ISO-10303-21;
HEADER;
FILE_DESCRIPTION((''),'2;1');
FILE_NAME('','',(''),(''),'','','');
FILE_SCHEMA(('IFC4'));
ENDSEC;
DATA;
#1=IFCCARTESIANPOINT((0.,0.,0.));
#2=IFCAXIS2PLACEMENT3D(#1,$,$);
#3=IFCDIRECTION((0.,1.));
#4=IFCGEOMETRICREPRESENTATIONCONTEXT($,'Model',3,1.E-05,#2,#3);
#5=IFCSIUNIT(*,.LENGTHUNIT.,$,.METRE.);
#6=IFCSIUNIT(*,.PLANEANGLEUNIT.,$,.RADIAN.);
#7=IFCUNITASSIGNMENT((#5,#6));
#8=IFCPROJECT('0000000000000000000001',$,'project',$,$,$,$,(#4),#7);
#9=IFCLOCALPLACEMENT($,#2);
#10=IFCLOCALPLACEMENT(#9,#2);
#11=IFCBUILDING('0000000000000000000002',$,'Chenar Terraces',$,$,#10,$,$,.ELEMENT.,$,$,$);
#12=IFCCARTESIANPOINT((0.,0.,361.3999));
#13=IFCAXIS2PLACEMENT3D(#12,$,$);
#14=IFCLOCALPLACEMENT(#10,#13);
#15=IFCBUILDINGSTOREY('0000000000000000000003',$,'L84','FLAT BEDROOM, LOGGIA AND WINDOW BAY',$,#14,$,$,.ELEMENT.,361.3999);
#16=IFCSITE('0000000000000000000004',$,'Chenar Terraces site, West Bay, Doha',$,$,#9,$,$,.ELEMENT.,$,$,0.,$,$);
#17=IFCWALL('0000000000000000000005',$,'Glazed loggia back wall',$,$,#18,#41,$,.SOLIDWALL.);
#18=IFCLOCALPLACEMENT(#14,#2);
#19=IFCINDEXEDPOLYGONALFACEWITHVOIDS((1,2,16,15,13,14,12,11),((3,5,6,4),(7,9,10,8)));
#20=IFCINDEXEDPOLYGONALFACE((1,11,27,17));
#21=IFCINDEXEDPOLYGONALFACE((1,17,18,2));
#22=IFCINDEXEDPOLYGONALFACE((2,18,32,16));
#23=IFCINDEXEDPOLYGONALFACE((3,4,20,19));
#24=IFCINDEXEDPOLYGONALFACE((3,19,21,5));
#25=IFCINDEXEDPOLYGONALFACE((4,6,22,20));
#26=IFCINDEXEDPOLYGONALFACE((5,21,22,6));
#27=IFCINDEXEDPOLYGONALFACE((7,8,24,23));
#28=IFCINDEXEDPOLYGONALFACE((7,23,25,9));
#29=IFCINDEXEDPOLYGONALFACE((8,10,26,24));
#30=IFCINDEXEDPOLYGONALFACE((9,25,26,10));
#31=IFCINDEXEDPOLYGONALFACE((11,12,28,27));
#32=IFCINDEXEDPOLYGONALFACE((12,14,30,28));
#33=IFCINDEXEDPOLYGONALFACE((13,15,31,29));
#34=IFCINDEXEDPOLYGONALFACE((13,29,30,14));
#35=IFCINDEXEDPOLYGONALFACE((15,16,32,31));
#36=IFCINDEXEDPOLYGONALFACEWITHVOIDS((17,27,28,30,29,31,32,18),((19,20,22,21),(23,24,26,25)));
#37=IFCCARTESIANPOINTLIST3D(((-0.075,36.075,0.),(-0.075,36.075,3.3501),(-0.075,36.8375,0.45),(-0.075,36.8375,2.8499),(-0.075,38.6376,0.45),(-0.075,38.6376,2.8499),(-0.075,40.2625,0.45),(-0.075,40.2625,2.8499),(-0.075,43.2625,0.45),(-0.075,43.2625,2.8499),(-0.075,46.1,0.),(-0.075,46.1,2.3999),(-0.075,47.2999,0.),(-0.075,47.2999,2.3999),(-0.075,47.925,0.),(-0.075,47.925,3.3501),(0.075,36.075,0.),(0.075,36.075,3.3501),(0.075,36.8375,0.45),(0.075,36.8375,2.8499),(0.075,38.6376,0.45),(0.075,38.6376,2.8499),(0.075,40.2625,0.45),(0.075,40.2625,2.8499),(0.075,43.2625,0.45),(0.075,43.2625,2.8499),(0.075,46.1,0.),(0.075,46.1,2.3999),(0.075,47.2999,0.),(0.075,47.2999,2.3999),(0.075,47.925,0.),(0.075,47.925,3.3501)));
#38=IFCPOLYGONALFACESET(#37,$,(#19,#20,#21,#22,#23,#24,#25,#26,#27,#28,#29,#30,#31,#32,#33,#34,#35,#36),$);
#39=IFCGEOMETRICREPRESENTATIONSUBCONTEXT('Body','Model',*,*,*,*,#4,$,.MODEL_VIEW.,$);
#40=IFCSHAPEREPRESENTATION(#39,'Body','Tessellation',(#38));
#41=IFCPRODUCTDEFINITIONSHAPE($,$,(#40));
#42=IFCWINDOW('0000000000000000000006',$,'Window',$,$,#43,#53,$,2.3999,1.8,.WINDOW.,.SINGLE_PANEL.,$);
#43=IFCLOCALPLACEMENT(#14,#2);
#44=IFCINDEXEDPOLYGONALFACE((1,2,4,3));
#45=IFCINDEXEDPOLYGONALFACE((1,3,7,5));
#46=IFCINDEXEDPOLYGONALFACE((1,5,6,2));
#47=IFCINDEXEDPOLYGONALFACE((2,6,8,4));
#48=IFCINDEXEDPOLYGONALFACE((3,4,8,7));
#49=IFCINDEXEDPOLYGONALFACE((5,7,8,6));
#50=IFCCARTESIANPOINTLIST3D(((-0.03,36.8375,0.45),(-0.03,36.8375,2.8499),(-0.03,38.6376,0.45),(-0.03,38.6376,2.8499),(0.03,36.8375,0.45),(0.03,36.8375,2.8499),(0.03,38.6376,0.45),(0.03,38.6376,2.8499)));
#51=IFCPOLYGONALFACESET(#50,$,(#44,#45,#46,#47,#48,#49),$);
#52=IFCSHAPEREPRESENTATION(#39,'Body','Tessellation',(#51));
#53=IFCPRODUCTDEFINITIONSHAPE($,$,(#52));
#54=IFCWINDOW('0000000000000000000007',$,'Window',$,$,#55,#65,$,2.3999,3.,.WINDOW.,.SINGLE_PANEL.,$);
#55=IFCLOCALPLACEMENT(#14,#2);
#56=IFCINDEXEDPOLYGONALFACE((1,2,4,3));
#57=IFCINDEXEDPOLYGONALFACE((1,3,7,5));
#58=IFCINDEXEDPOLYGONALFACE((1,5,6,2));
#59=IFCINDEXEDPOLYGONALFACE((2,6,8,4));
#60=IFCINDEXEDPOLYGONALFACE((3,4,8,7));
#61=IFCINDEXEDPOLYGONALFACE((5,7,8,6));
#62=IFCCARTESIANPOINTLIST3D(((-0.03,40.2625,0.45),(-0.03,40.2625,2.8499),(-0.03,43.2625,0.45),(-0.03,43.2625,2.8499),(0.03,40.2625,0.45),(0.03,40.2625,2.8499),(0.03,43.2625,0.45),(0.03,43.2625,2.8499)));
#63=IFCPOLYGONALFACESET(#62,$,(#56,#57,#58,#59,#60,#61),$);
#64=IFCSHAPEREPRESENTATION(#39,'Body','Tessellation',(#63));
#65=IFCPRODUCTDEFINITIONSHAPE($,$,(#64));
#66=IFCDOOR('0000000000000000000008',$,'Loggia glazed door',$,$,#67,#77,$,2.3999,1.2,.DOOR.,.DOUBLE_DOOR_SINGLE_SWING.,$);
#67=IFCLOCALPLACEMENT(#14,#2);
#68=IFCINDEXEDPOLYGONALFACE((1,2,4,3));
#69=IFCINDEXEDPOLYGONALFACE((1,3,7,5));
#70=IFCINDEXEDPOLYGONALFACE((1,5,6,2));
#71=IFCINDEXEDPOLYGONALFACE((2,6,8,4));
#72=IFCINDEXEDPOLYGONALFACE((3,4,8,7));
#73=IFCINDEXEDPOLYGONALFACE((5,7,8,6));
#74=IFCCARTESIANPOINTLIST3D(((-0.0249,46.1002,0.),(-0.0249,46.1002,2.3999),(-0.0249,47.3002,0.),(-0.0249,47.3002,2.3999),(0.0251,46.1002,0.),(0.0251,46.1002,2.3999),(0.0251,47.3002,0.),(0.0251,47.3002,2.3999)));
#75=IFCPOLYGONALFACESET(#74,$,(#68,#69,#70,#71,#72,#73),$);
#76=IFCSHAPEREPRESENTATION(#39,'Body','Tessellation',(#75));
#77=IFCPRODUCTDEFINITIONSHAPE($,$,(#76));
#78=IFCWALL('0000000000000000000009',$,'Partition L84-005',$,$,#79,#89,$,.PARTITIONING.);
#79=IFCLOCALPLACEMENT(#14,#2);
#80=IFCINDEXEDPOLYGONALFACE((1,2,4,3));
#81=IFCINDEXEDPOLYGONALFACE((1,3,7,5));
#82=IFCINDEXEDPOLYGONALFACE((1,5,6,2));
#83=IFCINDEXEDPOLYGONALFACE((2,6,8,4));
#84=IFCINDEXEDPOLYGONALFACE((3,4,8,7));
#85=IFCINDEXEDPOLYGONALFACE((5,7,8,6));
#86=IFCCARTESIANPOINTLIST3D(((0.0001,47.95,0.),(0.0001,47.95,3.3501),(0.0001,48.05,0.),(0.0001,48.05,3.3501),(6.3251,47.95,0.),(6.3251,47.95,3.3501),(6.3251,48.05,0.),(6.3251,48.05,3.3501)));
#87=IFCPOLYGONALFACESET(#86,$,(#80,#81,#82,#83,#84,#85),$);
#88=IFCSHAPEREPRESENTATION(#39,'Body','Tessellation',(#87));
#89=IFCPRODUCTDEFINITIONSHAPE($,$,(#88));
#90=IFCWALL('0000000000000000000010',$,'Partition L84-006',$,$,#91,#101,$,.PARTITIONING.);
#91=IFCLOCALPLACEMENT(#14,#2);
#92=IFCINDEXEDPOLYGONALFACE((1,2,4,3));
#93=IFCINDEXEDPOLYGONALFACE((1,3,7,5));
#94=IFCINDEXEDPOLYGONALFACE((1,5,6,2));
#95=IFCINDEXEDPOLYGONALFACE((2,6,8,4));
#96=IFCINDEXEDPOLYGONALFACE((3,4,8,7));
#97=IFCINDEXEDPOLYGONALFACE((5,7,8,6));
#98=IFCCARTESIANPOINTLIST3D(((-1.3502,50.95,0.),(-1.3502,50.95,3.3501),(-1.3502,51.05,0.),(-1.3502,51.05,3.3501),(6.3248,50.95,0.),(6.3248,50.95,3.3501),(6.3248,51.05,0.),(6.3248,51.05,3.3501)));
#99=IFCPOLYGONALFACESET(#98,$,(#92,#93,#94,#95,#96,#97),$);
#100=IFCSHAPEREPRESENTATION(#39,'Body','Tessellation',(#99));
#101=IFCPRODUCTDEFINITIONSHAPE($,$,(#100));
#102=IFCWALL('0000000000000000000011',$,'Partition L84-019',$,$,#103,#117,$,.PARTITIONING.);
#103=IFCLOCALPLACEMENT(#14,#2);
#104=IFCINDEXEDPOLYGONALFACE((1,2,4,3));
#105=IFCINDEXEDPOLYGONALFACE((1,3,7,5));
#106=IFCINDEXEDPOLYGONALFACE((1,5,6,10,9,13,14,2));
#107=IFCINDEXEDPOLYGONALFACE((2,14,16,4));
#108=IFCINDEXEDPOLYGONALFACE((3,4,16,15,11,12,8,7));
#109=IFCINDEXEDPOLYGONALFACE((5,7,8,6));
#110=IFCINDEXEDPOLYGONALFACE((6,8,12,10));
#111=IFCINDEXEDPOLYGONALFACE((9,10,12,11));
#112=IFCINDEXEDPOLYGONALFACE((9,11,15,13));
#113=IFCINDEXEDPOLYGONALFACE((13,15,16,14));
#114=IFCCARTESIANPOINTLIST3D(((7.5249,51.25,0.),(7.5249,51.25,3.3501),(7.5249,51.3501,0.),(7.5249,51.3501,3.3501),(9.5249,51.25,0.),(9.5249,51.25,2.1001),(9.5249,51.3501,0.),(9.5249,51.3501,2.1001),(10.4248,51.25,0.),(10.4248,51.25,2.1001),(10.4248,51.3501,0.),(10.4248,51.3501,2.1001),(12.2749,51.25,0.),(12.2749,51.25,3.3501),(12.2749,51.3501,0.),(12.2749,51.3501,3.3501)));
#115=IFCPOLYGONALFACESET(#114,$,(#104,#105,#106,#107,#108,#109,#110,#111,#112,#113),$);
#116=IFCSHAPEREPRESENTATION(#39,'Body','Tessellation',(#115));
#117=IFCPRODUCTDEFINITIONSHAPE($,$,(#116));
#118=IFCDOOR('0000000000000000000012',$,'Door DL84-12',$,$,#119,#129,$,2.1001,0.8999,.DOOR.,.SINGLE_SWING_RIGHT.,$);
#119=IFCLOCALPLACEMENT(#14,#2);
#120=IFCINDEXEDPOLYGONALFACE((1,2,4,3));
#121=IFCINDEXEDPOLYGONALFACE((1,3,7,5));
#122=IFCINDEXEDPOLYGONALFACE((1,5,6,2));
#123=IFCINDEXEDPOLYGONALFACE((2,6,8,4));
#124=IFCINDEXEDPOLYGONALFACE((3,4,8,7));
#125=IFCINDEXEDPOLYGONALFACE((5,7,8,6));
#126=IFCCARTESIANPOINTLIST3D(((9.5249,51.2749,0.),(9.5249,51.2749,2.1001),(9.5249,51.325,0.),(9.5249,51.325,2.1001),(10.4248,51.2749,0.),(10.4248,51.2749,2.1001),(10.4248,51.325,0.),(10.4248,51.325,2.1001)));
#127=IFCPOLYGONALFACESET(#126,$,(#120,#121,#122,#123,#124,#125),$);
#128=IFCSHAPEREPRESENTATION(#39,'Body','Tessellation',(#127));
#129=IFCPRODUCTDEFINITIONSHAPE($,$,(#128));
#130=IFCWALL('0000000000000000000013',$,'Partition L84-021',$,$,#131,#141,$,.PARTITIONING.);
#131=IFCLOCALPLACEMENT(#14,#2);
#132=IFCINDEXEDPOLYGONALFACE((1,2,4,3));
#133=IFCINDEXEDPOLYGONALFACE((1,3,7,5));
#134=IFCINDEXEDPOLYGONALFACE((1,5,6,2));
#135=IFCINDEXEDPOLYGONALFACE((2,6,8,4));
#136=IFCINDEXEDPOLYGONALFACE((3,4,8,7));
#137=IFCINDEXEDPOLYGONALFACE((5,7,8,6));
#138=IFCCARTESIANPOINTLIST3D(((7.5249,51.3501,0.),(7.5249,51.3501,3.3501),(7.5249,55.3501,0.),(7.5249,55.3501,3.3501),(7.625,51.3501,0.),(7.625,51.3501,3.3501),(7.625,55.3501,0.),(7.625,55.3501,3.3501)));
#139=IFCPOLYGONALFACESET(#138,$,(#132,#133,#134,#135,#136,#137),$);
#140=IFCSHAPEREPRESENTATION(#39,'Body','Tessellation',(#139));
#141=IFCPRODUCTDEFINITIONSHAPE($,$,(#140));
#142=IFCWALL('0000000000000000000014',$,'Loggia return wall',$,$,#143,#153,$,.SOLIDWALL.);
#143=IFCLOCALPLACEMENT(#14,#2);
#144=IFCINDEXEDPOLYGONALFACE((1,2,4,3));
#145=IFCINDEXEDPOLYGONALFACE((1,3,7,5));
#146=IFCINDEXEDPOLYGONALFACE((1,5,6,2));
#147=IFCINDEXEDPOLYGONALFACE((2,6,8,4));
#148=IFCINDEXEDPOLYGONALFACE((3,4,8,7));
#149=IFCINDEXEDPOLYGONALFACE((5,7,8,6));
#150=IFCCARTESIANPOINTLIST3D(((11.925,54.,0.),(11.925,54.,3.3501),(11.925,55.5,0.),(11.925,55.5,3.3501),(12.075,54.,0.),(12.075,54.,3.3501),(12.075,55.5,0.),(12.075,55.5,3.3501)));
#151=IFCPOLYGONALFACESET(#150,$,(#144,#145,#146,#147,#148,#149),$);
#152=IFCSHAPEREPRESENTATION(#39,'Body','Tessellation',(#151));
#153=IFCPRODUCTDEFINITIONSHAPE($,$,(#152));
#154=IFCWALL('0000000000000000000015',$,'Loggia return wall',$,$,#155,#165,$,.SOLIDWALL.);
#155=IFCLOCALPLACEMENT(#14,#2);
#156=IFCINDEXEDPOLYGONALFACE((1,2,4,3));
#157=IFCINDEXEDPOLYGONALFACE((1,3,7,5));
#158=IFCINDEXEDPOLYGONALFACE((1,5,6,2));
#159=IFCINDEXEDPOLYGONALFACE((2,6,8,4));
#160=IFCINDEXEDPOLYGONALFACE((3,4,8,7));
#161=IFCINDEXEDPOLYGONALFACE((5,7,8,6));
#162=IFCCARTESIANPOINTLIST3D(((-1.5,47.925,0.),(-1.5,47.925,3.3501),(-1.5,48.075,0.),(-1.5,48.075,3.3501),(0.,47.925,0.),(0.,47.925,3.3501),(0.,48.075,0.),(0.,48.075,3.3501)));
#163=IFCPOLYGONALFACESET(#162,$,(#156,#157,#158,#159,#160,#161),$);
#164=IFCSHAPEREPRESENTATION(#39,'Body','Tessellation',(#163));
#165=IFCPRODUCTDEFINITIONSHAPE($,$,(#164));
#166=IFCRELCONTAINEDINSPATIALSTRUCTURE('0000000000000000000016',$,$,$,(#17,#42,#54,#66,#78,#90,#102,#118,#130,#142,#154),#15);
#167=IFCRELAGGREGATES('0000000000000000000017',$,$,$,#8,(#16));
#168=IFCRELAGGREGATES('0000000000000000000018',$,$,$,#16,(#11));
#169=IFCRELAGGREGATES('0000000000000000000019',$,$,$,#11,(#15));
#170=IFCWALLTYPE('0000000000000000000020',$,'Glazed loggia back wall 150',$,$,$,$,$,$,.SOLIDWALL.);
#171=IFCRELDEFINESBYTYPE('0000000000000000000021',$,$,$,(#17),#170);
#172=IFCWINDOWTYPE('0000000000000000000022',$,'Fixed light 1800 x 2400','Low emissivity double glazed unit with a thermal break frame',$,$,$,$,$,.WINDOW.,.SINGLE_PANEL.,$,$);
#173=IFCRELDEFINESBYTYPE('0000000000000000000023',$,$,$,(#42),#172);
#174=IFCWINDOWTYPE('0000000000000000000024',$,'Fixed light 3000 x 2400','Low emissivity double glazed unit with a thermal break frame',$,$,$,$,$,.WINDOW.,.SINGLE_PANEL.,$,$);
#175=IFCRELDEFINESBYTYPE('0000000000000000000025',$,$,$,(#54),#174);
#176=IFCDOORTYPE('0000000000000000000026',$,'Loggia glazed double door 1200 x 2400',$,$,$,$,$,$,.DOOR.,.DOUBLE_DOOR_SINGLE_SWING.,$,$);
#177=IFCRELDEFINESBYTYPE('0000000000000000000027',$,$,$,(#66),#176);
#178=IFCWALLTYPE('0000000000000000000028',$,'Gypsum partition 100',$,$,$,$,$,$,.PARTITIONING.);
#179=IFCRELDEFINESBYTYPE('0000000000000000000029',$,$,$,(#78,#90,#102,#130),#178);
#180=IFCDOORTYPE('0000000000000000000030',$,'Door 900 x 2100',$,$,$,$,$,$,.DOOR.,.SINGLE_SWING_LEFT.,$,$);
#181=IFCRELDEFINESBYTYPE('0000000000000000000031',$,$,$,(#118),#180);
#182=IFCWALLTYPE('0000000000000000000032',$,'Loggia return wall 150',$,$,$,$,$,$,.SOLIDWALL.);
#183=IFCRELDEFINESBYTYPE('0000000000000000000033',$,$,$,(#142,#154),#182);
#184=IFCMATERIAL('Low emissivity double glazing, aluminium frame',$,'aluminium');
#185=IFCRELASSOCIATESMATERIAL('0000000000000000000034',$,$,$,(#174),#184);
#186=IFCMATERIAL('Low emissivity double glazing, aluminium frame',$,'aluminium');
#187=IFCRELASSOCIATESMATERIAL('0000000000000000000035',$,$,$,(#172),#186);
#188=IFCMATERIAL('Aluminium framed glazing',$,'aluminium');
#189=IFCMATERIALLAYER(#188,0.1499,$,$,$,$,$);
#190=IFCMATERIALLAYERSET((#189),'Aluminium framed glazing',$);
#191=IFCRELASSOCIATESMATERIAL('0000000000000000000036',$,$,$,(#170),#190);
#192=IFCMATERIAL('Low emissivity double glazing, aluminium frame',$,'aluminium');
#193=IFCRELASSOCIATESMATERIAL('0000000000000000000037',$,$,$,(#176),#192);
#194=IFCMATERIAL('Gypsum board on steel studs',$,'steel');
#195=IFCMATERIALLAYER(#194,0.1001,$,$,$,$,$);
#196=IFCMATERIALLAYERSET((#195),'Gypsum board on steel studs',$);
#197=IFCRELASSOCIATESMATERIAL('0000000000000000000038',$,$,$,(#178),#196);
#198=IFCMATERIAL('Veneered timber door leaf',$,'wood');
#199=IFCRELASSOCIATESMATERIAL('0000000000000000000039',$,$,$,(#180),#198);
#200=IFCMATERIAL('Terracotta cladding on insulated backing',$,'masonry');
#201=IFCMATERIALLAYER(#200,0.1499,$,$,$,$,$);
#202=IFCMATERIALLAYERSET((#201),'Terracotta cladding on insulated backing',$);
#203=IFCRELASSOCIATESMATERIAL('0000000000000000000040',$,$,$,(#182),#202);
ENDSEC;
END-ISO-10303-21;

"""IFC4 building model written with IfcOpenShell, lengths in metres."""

from ifc_helpers import new_model, si_unit, direction, frame, frame_2d, origin, place, context, subcontext, project, spatial, rectangle, extrude, material, layer, layer_set, type_object, element, fill, save


model = new_model("IFC4")

# Units and contexts
model_context = context("Model", 3, precision=1e-05, world=origin(), true_north=direction((0.0, 1.0)))
body_context = subcontext(model_context, "Body", "Model", "MODEL_VIEW")
ifc_project = project(units=[si_unit("LENGTHUNIT", "METRE"), si_unit("PLANEANGLEUNIT", "RADIAN")], contexts=[model_context])

# Site, building, storey
site_placement = place(None, origin())
site = spatial("IfcSite", under=ifc_project, at=site_placement, Name="Chenar Terraces site, West Bay, Doha", CompositionType="ELEMENT", RefElevation=0.0)
building_placement = place(site_placement, origin())
building = spatial("IfcBuilding", under=site, at=building_placement, Name="Chenar Terraces", CompositionType="ELEMENT")
storey_placement = place(building_placement, frame((0.0, 0.0, 361.3999)))
storey = spatial("IfcBuildingStorey", under=building, at=storey_placement, Name="L84", Description="FLAT BEDROOM, LOGGIA AND WINDOW BAY", CompositionType="ELEMENT", Elevation=361.3999)

# Shared definitions
ifc_material_1 = material(Name="Low emissivity double glazing, aluminium frame", Category="aluminium")
window_type_1 = type_object("IfcWindowType", Name="Fixed light 3000 x 2400", Description="Low emissivity double glazed unit with a thermal break frame", PartitioningType="SINGLE_PANEL", PredefinedType="WINDOW", material=ifc_material_1)
ifc_material_2 = material(Name="Low emissivity double glazing, aluminium frame", Category="aluminium")
window_type_2 = type_object("IfcWindowType", Name="Fixed light 1800 x 2400", Description="Low emissivity double glazed unit with a thermal break frame", PartitioningType="SINGLE_PANEL", PredefinedType="WINDOW", material=ifc_material_2)

# Wall, openings, windows, door
ifc_material_3 = material(Name="Aluminium framed glazing", Category="aluminium")
ifc_layer_1 = layer(ifc_material_3, 0.1499)
ifc_layer_set_1 = layer_set([ifc_layer_1], Name="Aluminium framed glazing")
wall_type_1 = type_object("IfcWallType", Name="Glazed loggia back wall 150", PredefinedType="SOLIDWALL", material=ifc_layer_set_1)
wall_1_placement = place(storey_placement, frame((0.0, 47.925, 0.0), z_axis=(0.0, 0.0, 1.0), x_axis=(0.0, -1.0, 0.0)))
wall_1 = element("IfcWall", 1, at=wall_1_placement, inside=storey, type_object=wall_type_1, Name="Glazed loggia back wall", PredefinedType="SOLIDWALL", context=body_context, shape_type="SweptSolid", body=[
    extrude(rectangle(XDim=11.8501, YDim=0.1499, at=frame_2d((5.925, 0.0))), origin(), (0.0, 0.0, 1.0), 3.3501),
])
opening_1_placement = place(wall_1_placement, frame((0.625, 0.0, 0.0)))
opening_1 = element("IfcOpeningElement", 2, at=opening_1_placement, cuts=wall_1, PredefinedType="OPENING", context=body_context, shape_type="SweptSolid", body=[
    extrude(rectangle(XDim=1.2, YDim=2.3999, at=frame_2d((0.6001, 1.2))), frame((0.0, 0.085, 0.0), z_axis=(0.0, -1.0, 0.0), x_axis=(1.0, 0.0, 0.0)), (0.0, 0.0, 1.0), 0.1699),
])
opening_2_placement = place(wall_1_placement, frame((4.6626, 0.0, 0.45)))
opening_2 = element("IfcOpeningElement", 3, at=opening_2_placement, cuts=wall_1, PredefinedType="OPENING", context=body_context, shape_type="SweptSolid", body=[
    extrude(rectangle(XDim=3.0, YDim=2.3999, at=frame_2d((1.5, 1.2))), frame((0.0, 0.085, 0.0), z_axis=(0.0, -1.0, 0.0), x_axis=(1.0, 0.0, 0.0)), (0.0, 0.0, 1.0), 0.1699),
])
opening_3_placement = place(wall_1_placement, frame((9.2876, 0.0, 0.45)))
opening_3 = element("IfcOpeningElement", 4, at=opening_3_placement, cuts=wall_1, PredefinedType="OPENING", context=body_context, shape_type="SweptSolid", body=[
    extrude(rectangle(XDim=1.8, YDim=2.3999, at=frame_2d((0.8999, 1.2))), frame((0.0, 0.085, 0.0), z_axis=(0.0, -1.0, 0.0), x_axis=(1.0, 0.0, 0.0)), (0.0, 0.0, 1.0), 0.1699),
])
window_1_placement = place(opening_3_placement, origin())
window_1 = element("IfcWindow", 5, at=window_1_placement, inside=storey, type_object=window_type_2, Name="Window", OverallHeight=2.3999, OverallWidth=1.8, PartitioningType="SINGLE_PANEL", PredefinedType="WINDOW", context=body_context, shape_type="SweptSolid", body=[
    extrude(rectangle(XDim=1.8, YDim=2.3999, at=frame_2d((0.8999, 1.2))), frame((0.0, 0.03, 0.0), z_axis=(0.0, -1.0, 0.0), x_axis=(1.0, 0.0, 0.0)), (0.0, 0.0, 1.0), 0.0601),
])
fill(opening_3, window_1)
window_2_placement = place(opening_2_placement, origin())
window_2 = element("IfcWindow", 6, at=window_2_placement, inside=storey, type_object=window_type_1, Name="Window", OverallHeight=2.3999, OverallWidth=3.0, PartitioningType="SINGLE_PANEL", PredefinedType="WINDOW", context=body_context, shape_type="SweptSolid", body=[
    extrude(rectangle(XDim=3.0, YDim=2.3999, at=frame_2d((1.5, 1.2))), frame((0.0, 0.03, 0.0), z_axis=(0.0, -1.0, 0.0), x_axis=(1.0, 0.0, 0.0)), (0.0, 0.0, 1.0), 0.0601),
])
fill(opening_2, window_2)
ifc_material_4 = material(Name="Low emissivity double glazing, aluminium frame", Category="aluminium")
door_type_1 = type_object("IfcDoorType", Name="Loggia glazed double door 1200 x 2400", OperationType="DOUBLE_DOOR_SINGLE_SWING", PredefinedType="DOOR", material=ifc_material_4)
door_1_placement = place(opening_1_placement, frame((1.2, 0.0, 0.0), z_axis=(0.0, 0.0, 1.0), x_axis=(-1.0, 0.0, 0.0)))
door_1 = element("IfcDoor", 7, at=door_1_placement, inside=storey, type_object=door_type_1, Name="Loggia glazed door", OperationType="DOUBLE_DOOR_SINGLE_SWING", OverallHeight=2.3999, OverallWidth=1.2, PredefinedType="DOOR", context=body_context, shape_type="SweptSolid", body=[
    extrude(rectangle(XDim=1.2, YDim=2.3999, at=frame_2d((0.6001, 1.2))), frame((0.0, 0.0249, 0.0), z_axis=(0.0, -1.0, 0.0), x_axis=(1.0, 0.0, 0.0)), (0.0, 0.0, 1.0), 0.05),
])
fill(opening_1, door_1)

# Walls
ifc_material_5 = material(Name="Gypsum board on steel studs", Category="steel")
ifc_layer_2 = layer(ifc_material_5, 0.1001)
ifc_layer_set_2 = layer_set([ifc_layer_2], Name="Gypsum board on steel studs")
wall_type_2 = type_object("IfcWallType", Name="Gypsum partition 100", PredefinedType="PARTITIONING", material=ifc_layer_set_2)
wall_2_placement = place(storey_placement, frame((0.0, 48.0, 0.0), z_axis=(0.0, 0.0, 1.0), x_axis=(1.0, 0.0, 0.0)))
element("IfcWall", 8, at=wall_2_placement, inside=storey, type_object=wall_type_2, Name="Partition L84-005", PredefinedType="PARTITIONING", context=body_context, shape_type="SweptSolid", body=[
    extrude(rectangle(XDim=6.325, YDim=0.1001, at=frame_2d((3.1626, 0.0))), origin(), (0.0, 0.0, 1.0), 3.3501),
])
wall_3_placement = place(storey_placement, frame((-1.3501, 51.0, 0.0), z_axis=(0.0, 0.0, 1.0), x_axis=(1.0, 0.0, 0.0)))
element("IfcWall", 9, at=wall_3_placement, inside=storey, type_object=wall_type_2, Name="Partition L84-006", PredefinedType="PARTITIONING", context=body_context, shape_type="SweptSolid", body=[
    extrude(rectangle(XDim=7.675, YDim=0.1001, at=frame_2d((3.8374, 0.0))), origin(), (0.0, 0.0, 1.0), 3.3501),
])

# Wall, opening, door
wall_4_placement = place(storey_placement, frame((7.5249, 51.3, 0.0), z_axis=(0.0, 0.0, 1.0), x_axis=(1.0, 0.0, 0.0)))
wall_4 = element("IfcWall", 10, at=wall_4_placement, inside=storey, type_object=wall_type_2, Name="Partition L84-019", PredefinedType="PARTITIONING", context=body_context, shape_type="SweptSolid", body=[
    extrude(rectangle(XDim=4.75, YDim=0.1001, at=frame_2d((2.375, 0.0))), origin(), (0.0, 0.0, 1.0), 3.3501),
])
opening_4_placement = place(wall_4_placement, frame((2.0, 0.0, 0.0)))
opening_4 = element("IfcOpeningElement", 11, at=opening_4_placement, cuts=wall_4, PredefinedType="OPENING", context=body_context, shape_type="SweptSolid", body=[
    extrude(rectangle(XDim=0.8999, YDim=2.1001, at=frame_2d((0.45, 1.05))), frame((0.0, 0.0601, 0.0), z_axis=(0.0, -1.0, 0.0), x_axis=(1.0, 0.0, 0.0)), (0.0, 0.0, 1.0), 0.1201),
])
ifc_material_6 = material(Name="Veneered timber door leaf", Category="wood")
door_type_2 = type_object("IfcDoorType", Name="Door 900 x 2100", OperationType="SINGLE_SWING_LEFT", PredefinedType="DOOR", material=ifc_material_6)
door_2_placement = place(opening_4_placement, origin())
door_2 = element("IfcDoor", 12, at=door_2_placement, inside=storey, type_object=door_type_2, Name="Door DL84-12", OperationType="SINGLE_SWING_RIGHT", OverallHeight=2.1001, OverallWidth=0.8999, PredefinedType="DOOR", context=body_context, shape_type="SweptSolid", body=[
    extrude(rectangle(XDim=0.8999, YDim=2.1001, at=frame_2d((0.45, 1.05))), frame((0.0, 0.0249, 0.0), z_axis=(0.0, -1.0, 0.0), x_axis=(1.0, 0.0, 0.0)), (0.0, 0.0, 1.0), 0.05),
])
fill(opening_4, door_2)

# Walls
wall_5_placement = place(storey_placement, frame((7.575, 51.3501, 0.0), z_axis=(0.0, 0.0, 1.0), x_axis=(0.0, 1.0, 0.0)))
element("IfcWall", 13, at=wall_5_placement, inside=storey, type_object=wall_type_2, Name="Partition L84-021", PredefinedType="PARTITIONING", context=body_context, shape_type="SweptSolid", body=[
    extrude(rectangle(XDim=4.0, YDim=0.1001, at=frame_2d((2.0, 0.0))), origin(), (0.0, 0.0, 1.0), 3.3501),
])
ifc_material_7 = material(Name="Terracotta cladding on insulated backing", Category="masonry")
ifc_layer_3 = layer(ifc_material_7, 0.1499)
ifc_layer_set_3 = layer_set([ifc_layer_3], Name="Terracotta cladding on insulated backing")
wall_type_3 = type_object("IfcWallType", Name="Loggia return wall 150", PredefinedType="SOLIDWALL", material=ifc_layer_set_3)
for number, where, z_axis, x_axis, name in (
    (14, (12.0, 55.5, 0.0), (0.0, 0.0, 1.0), (0.0, -1.0, 0.0), "Loggia return wall"),
    (15, (-1.5, 48.0, 0.0), (0.0, 0.0, 1.0), (1.0, 0.0, 0.0), "Loggia return wall"),
):
    element("IfcWall", number, at=place(storey_placement, frame(where, z_axis=z_axis, x_axis=x_axis)), inside=storey, type_object=wall_type_3, Name=name, PredefinedType="SOLIDWALL", context=body_context, shape_type="SweptSolid", body=[
        extrude(rectangle(XDim=1.5, YDim=0.1499, at=frame_2d((0.75, 0.0))), origin(), (0.0, 0.0, 1.0), 3.3501),
    ])

save(model, "model.ifc")
